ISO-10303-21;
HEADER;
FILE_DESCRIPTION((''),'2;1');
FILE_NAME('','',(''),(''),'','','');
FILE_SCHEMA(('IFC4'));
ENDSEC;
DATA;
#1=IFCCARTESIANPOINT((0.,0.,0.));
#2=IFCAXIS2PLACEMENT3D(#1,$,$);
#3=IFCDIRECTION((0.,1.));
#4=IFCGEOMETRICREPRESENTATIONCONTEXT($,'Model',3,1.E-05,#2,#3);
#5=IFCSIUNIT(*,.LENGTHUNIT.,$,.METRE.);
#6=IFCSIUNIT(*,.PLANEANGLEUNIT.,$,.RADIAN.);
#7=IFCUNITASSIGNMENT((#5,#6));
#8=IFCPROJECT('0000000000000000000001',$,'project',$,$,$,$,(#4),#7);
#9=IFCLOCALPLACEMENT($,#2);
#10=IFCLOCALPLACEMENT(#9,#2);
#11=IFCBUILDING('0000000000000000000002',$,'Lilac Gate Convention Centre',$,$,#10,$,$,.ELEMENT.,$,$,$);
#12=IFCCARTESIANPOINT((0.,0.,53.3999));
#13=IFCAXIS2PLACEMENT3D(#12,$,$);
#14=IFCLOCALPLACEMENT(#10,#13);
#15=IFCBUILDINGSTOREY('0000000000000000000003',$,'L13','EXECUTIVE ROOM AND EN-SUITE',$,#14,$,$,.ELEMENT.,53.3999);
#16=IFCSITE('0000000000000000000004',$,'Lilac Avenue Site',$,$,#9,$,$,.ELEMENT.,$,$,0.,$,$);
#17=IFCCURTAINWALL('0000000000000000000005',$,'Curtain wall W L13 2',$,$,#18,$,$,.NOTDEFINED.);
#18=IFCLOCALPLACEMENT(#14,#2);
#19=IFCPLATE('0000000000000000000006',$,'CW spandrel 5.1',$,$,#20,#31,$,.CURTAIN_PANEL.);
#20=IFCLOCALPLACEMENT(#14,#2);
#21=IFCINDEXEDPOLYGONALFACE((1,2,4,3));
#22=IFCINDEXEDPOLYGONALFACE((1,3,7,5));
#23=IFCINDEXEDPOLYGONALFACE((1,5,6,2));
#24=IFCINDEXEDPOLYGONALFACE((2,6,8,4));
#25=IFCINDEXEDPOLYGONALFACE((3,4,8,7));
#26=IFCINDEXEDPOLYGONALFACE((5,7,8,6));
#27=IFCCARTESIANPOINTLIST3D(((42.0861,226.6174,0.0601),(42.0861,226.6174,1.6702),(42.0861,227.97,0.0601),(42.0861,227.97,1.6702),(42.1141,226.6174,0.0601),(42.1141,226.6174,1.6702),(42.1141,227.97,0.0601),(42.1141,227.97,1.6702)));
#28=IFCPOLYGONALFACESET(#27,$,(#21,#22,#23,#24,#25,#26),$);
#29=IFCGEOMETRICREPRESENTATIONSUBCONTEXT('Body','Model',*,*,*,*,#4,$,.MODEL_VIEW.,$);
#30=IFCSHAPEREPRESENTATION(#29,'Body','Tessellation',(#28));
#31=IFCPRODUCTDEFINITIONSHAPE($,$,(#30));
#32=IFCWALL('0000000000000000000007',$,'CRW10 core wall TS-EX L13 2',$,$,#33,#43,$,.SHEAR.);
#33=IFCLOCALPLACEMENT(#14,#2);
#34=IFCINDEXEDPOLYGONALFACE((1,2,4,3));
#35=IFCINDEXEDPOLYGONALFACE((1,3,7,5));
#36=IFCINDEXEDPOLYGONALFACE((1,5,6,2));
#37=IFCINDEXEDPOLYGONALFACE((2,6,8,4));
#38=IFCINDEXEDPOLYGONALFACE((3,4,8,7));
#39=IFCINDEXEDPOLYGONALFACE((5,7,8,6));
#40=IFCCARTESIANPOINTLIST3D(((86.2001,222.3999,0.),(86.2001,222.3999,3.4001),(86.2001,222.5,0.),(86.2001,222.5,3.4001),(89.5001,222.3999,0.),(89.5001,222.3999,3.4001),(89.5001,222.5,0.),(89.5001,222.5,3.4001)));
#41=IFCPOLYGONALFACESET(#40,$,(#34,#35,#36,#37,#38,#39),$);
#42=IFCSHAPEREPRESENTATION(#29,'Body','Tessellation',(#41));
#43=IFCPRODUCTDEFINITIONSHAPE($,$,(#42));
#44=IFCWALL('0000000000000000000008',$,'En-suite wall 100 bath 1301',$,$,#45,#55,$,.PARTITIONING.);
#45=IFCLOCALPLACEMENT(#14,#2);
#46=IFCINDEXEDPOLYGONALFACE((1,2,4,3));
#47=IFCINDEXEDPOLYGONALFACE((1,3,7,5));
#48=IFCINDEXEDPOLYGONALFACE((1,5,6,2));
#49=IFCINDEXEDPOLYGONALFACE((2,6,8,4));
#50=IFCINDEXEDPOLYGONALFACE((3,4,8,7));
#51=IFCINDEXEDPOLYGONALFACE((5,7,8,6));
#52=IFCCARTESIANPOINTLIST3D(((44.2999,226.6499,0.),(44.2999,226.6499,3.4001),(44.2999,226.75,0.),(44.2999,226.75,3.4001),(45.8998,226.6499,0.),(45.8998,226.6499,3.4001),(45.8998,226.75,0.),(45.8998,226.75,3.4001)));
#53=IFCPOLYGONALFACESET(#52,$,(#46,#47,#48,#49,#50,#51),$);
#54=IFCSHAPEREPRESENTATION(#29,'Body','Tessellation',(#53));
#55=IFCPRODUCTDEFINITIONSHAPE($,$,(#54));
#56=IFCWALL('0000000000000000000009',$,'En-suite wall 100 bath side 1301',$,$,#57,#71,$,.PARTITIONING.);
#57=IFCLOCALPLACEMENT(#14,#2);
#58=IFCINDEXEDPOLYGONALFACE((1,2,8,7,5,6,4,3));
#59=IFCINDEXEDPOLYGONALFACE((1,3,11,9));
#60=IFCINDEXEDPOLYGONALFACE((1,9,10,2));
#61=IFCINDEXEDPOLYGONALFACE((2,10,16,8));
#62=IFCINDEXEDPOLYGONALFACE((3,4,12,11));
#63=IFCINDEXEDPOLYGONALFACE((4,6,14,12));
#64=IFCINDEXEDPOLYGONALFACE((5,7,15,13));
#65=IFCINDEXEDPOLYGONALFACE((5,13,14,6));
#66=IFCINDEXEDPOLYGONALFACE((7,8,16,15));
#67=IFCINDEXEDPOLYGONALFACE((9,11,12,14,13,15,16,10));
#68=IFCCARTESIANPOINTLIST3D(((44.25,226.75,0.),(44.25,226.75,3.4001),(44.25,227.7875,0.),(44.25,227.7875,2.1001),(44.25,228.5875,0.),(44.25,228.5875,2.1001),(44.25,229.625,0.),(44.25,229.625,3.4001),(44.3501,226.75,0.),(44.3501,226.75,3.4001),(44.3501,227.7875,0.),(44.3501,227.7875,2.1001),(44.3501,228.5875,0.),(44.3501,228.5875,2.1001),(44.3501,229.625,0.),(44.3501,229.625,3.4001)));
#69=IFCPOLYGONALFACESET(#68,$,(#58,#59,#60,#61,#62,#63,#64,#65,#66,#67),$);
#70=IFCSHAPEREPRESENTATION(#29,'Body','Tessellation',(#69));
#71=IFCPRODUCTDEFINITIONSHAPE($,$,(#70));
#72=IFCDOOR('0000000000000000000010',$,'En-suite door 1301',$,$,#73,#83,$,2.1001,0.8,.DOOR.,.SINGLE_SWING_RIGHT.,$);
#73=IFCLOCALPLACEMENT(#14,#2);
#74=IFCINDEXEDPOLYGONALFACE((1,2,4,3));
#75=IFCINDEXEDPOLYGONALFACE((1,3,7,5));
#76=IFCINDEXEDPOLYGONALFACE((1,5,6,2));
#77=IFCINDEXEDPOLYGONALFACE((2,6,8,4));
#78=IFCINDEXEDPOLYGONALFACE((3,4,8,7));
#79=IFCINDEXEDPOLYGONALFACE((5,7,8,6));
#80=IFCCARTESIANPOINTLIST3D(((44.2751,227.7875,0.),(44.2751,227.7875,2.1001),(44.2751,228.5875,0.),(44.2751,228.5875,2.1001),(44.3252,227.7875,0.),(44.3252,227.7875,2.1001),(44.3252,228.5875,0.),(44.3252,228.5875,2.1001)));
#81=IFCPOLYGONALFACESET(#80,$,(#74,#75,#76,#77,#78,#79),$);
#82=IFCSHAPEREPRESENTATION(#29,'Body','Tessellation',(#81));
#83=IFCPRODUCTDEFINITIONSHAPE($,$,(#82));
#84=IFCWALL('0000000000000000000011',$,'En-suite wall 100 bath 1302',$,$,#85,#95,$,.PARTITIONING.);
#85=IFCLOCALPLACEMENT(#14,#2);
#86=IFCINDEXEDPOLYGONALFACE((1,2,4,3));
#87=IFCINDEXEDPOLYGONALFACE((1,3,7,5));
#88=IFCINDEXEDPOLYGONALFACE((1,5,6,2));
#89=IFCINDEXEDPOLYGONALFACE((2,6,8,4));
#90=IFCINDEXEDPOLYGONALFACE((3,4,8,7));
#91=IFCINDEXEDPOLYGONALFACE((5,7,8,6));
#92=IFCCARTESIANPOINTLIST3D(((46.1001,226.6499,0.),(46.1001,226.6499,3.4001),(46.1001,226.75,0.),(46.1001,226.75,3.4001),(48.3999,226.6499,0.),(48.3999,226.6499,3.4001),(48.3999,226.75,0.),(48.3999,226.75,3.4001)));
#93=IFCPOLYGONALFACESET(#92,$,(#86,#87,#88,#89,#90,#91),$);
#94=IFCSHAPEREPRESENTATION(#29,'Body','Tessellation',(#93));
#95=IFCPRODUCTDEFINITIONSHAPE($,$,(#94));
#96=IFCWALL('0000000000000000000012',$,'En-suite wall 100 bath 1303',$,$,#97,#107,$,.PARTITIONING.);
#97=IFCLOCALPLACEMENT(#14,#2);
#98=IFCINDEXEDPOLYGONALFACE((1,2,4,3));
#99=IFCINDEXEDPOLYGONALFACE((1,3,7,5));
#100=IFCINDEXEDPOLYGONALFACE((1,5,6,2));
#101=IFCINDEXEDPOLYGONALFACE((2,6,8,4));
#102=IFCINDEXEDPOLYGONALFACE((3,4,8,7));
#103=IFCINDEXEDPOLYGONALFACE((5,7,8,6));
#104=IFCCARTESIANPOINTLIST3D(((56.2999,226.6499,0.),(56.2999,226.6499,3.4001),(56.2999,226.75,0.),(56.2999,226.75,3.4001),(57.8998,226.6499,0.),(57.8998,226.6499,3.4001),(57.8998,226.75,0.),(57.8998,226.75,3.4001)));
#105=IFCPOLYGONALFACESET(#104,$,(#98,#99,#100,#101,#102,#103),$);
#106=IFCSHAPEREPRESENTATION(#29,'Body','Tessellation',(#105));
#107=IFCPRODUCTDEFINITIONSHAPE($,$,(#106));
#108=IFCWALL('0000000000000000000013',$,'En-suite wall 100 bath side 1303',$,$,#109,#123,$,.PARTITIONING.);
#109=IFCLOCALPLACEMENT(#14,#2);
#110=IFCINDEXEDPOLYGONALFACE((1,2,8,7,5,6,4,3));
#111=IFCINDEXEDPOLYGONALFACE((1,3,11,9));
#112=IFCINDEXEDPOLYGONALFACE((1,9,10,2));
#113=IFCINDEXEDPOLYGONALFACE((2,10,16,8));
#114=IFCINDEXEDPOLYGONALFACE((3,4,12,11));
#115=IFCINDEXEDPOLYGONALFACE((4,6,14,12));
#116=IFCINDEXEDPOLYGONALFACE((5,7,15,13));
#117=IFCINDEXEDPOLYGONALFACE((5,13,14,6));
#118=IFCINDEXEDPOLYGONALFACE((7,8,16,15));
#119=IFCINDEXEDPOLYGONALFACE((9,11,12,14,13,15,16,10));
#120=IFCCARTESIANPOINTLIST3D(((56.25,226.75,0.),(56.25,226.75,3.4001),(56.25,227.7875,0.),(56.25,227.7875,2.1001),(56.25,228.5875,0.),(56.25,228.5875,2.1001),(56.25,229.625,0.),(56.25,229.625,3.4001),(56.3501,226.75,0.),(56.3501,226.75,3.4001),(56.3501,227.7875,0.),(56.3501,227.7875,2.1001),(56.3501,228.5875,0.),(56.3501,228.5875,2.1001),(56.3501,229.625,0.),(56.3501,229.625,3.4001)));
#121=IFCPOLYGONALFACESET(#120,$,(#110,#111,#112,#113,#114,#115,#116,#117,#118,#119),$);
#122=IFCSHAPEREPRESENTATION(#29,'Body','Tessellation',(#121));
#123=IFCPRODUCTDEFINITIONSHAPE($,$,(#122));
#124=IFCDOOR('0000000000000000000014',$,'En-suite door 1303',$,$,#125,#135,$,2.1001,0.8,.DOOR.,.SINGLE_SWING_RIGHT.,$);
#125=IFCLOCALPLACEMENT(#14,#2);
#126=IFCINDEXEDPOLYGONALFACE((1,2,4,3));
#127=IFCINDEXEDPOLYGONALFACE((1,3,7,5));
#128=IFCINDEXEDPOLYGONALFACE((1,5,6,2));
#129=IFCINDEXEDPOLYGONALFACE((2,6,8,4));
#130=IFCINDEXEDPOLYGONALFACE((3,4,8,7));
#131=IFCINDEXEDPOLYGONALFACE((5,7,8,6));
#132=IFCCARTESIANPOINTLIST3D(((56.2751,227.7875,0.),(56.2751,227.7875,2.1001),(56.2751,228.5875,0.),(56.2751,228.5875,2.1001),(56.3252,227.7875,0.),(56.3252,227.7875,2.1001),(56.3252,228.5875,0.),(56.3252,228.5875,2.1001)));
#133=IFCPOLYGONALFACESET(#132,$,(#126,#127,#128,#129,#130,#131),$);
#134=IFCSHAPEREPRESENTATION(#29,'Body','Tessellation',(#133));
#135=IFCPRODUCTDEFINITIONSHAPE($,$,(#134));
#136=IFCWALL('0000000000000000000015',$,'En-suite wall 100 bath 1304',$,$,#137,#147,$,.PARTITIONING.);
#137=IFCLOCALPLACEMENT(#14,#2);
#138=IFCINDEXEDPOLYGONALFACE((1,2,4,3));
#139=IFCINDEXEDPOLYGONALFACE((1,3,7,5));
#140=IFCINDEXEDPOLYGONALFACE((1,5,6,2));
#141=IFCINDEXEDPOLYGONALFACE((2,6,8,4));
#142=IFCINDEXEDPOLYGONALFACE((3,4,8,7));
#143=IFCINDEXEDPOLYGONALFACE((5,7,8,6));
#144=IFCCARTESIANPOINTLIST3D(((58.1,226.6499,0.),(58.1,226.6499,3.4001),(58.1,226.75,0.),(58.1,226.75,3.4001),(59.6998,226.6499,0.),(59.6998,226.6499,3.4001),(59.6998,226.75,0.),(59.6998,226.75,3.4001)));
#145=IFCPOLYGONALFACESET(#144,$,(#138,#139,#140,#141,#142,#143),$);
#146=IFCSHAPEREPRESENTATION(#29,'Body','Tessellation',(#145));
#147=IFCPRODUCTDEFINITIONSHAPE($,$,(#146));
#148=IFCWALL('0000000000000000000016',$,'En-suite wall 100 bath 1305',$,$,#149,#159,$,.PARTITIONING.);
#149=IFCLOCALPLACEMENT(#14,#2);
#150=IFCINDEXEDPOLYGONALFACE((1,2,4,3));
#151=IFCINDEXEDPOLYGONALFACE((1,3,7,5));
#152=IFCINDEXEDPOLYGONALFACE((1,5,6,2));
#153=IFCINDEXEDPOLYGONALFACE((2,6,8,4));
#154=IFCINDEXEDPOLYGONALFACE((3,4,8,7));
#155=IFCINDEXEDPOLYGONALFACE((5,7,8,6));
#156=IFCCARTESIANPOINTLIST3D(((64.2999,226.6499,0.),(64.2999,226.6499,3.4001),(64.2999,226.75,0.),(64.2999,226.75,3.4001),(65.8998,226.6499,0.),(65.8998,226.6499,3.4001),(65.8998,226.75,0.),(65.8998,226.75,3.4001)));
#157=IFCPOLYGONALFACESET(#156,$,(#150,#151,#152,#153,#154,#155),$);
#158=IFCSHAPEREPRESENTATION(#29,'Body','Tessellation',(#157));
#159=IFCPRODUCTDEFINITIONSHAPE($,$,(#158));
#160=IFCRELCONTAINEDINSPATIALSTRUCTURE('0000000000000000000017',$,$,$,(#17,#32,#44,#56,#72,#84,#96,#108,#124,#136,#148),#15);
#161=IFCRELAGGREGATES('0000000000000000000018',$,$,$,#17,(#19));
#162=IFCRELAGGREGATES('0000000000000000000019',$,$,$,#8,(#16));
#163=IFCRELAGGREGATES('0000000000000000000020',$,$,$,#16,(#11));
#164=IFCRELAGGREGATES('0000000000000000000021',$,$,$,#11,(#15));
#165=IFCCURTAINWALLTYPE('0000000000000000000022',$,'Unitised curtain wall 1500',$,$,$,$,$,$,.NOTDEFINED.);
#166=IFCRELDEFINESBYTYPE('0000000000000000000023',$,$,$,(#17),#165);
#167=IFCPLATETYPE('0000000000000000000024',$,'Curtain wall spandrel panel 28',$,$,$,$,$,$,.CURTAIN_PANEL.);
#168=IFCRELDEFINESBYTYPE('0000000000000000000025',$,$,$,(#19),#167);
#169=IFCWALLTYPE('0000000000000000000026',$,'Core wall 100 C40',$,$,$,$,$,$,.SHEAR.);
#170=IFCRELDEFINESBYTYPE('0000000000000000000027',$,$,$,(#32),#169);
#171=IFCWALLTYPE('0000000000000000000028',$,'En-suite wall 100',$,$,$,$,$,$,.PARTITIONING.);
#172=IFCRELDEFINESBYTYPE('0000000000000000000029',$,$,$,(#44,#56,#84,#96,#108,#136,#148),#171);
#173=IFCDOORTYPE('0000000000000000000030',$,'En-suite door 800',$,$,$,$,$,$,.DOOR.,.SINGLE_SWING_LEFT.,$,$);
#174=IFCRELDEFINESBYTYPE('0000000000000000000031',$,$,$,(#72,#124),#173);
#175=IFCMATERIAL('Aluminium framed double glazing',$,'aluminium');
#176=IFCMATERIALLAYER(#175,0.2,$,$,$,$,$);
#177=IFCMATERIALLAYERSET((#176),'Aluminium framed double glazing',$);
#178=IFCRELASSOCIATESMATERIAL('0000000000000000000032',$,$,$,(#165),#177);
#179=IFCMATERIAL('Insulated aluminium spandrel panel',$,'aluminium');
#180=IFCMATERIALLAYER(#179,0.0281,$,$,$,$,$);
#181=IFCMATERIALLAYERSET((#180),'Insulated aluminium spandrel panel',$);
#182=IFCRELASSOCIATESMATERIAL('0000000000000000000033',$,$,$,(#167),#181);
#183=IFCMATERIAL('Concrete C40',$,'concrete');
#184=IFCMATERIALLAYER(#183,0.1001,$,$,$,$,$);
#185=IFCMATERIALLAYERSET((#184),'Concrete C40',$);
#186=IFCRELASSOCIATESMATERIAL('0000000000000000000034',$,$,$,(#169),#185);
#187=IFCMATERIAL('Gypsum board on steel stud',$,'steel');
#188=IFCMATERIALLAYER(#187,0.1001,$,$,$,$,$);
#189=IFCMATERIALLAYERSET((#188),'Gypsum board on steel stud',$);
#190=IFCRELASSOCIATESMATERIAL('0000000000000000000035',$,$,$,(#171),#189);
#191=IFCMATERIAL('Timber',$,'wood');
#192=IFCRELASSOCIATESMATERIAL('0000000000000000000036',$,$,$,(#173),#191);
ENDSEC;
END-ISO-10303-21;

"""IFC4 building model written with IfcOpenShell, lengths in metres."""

from ifc_helpers import new_model, si_unit, direction, frame, frame_2d, origin, origin_2d, place, context, subcontext, project, spatial, rectangle, extrude, material, layer, layer_set, type_object, element, fill, aggregate, save


model = new_model("IFC4")

# Units and contexts
model_context = context("Model", 3, precision=1e-05, world=origin(), true_north=direction((0.0, 1.0)))
body_context = subcontext(model_context, "Body", "Model", "MODEL_VIEW")
ifc_project = project(units=[si_unit("LENGTHUNIT", "METRE"), si_unit("PLANEANGLEUNIT", "RADIAN")], contexts=[model_context])

# Site, building, storey
site_placement = place(None, origin())
site = spatial("IfcSite", under=ifc_project, at=site_placement, Name="Lilac Avenue Site", CompositionType="ELEMENT", RefElevation=0.0)
building_placement = place(site_placement, origin())
building = spatial("IfcBuilding", under=site, at=building_placement, Name="Lilac Gate Convention Centre", CompositionType="ELEMENT")
storey_placement = place(building_placement, frame((0.0, 0.0, 53.3999)))
storey = spatial("IfcBuildingStorey", under=building, at=storey_placement, Name="L13", Description="EXECUTIVE ROOM AND EN-SUITE", CompositionType="ELEMENT", Elevation=53.3999)

# Curtain wall, plate
ifc_material_1 = material(Name="Aluminium framed double glazing", Category="aluminium")
ifc_layer_1 = layer(ifc_material_1, 0.2)
ifc_layer_set_1 = layer_set([ifc_layer_1], Name="Aluminium framed double glazing")
curtain_wall_type = type_object("IfcCurtainWallType", Name="Unitised curtain wall 1500", PredefinedType="NOTDEFINED", material=ifc_layer_set_1)
curtain_wall_placement = place(storey_placement, origin())
curtain_wall = element("IfcCurtainWall", 1, at=curtain_wall_placement, inside=storey, type_object=curtain_wall_type, Name="Curtain wall W L13 2", PredefinedType="NOTDEFINED")
ifc_material_2 = material(Name="Insulated aluminium spandrel panel", Category="aluminium")
ifc_layer_2 = layer(ifc_material_2, 0.0281)
ifc_layer_set_2 = layer_set([ifc_layer_2], Name="Insulated aluminium spandrel panel")
plate_type = type_object("IfcPlateType", Name="Curtain wall spandrel panel 28", PredefinedType="CURTAIN_PANEL", material=ifc_layer_set_2)
plate_placement = place(storey_placement, frame((42.1001, 227.2937, 0.0601), z_axis=(0.0, 0.0, 1.0), x_axis=(0.0, -1.0, 0.0)))
plate = element("IfcPlate", 2, at=plate_placement, type_object=plate_type, Name="CW spandrel 5.1", PredefinedType="CURTAIN_PANEL", context=body_context, shape_type="SweptSolid", body=[
    extrude(rectangle(XDim=1.3525, YDim=0.0281, at=origin_2d()), origin(), (0.0, 0.0, 1.0), 1.6101),
])
aggregate(curtain_wall, [plate])

# Walls
ifc_material_3 = material(Name="Concrete C40", Category="concrete")
ifc_layer_3 = layer(ifc_material_3, 0.1001)
ifc_layer_set_3 = layer_set([ifc_layer_3], Name="Concrete C40")
wall_type_1 = type_object("IfcWallType", Name="Core wall 100 C40", PredefinedType="SHEAR", material=ifc_layer_set_3)
wall_1_placement = place(storey_placement, frame((89.5, 222.45, 0.0), z_axis=(0.0, 0.0, 1.0), x_axis=(-1.0, 0.0, 0.0)))
element("IfcWall", 3, at=wall_1_placement, inside=storey, type_object=wall_type_1, Name="CRW10 core wall TS-EX L13 2", PredefinedType="SHEAR", context=body_context, shape_type="SweptSolid", body=[
    extrude(rectangle(XDim=3.3, YDim=0.1001, at=frame_2d((1.6499, 0.0))), origin(), (0.0, 0.0, 1.0), 3.4001),
])
ifc_material_4 = material(Name="Gypsum board on steel stud", Category="steel")
ifc_layer_4 = layer(ifc_material_4, 0.1001)
ifc_layer_set_4 = layer_set([ifc_layer_4], Name="Gypsum board on steel stud")
wall_type_2 = type_object("IfcWallType", Name="En-suite wall 100", PredefinedType="PARTITIONING", material=ifc_layer_set_4)
wall_2_placement = place(storey_placement, frame((44.3, 226.7, 0.0), z_axis=(0.0, 0.0, 1.0), x_axis=(1.0, 0.0, 0.0)))
element("IfcWall", 4, at=wall_2_placement, inside=storey, type_object=wall_type_2, Name="En-suite wall 100 bath 1301", PredefinedType="PARTITIONING", context=body_context, shape_type="SweptSolid", body=[
    extrude(rectangle(XDim=1.5999, YDim=0.1001, at=frame_2d((0.7998, 0.0))), origin(), (0.0, 0.0, 1.0), 3.4001),
])

# Wall, opening, door
wall_3_placement = place(storey_placement, frame((44.3, 226.75, 0.0), z_axis=(0.0, 0.0, 1.0), x_axis=(0.0, 1.0, 0.0)))
wall_3 = element("IfcWall", 5, at=wall_3_placement, inside=storey, type_object=wall_type_2, Name="En-suite wall 100 bath side 1301", PredefinedType="PARTITIONING", context=body_context, shape_type="SweptSolid", body=[
    extrude(rectangle(XDim=2.875, YDim=0.1001, at=frame_2d((1.4375, 0.0))), origin(), (0.0, 0.0, 1.0), 3.4001),
])
opening_1_placement = place(wall_3_placement, frame((1.0376, 0.0, 0.0)))
opening_1 = element("IfcOpeningElement", 6, at=opening_1_placement, cuts=wall_3, PredefinedType="OPENING", context=body_context, shape_type="SweptSolid", body=[
    extrude(rectangle(XDim=0.8, YDim=2.1001, at=frame_2d((0.3999, 1.05))), frame((0.0, 0.0601, 0.0), z_axis=(0.0, -1.0, 0.0), x_axis=(1.0, 0.0, 0.0)), (0.0, 0.0, 1.0), 0.1201),
])
ifc_material_5 = material(Name="Timber", Category="wood")
door_type = type_object("IfcDoorType", Name="En-suite door 800", OperationType="SINGLE_SWING_LEFT", PredefinedType="DOOR", material=ifc_material_5)
door_1_placement = place(opening_1_placement, origin())
door_1 = element("IfcDoor", 7, at=door_1_placement, inside=storey, type_object=door_type, Name="En-suite door 1301", OperationType="SINGLE_SWING_RIGHT", OverallHeight=2.1001, OverallWidth=0.8, PredefinedType="DOOR", context=body_context, shape_type="SweptSolid", body=[
    extrude(rectangle(XDim=0.8, YDim=2.1001, at=frame_2d((0.3999, 1.05))), frame((0.0, 0.0249, 0.0), z_axis=(0.0, -1.0, 0.0), x_axis=(1.0, 0.0, 0.0)), (0.0, 0.0, 1.0), 0.05),
])
fill(opening_1, door_1)

# Walls
wall_4_placement = place(storey_placement, frame((46.1001, 226.7, 0.0), z_axis=(0.0, 0.0, 1.0), x_axis=(1.0, 0.0, 0.0)))
element("IfcWall", 8, at=wall_4_placement, inside=storey, type_object=wall_type_2, Name="En-suite wall 100 bath 1302", PredefinedType="PARTITIONING", context=body_context, shape_type="SweptSolid", body=[
    extrude(rectangle(XDim=2.2998, YDim=0.1001, at=frame_2d((1.1499, 0.0))), origin(), (0.0, 0.0, 1.0), 3.4001),
])
wall_5_placement = place(storey_placement, frame((56.3, 226.7, 0.0), z_axis=(0.0, 0.0, 1.0), x_axis=(1.0, 0.0, 0.0)))
element("IfcWall", 9, at=wall_5_placement, inside=storey, type_object=wall_type_2, Name="En-suite wall 100 bath 1303", PredefinedType="PARTITIONING", context=body_context, shape_type="SweptSolid", body=[
    extrude(rectangle(XDim=1.5999, YDim=0.1001, at=frame_2d((0.7998, 0.0))), origin(), (0.0, 0.0, 1.0), 3.4001),
])

# Wall, opening, door
wall_6_placement = place(storey_placement, frame((56.3, 226.75, 0.0), z_axis=(0.0, 0.0, 1.0), x_axis=(0.0, 1.0, 0.0)))
wall_6 = element("IfcWall", 10, at=wall_6_placement, inside=storey, type_object=wall_type_2, Name="En-suite wall 100 bath side 1303", PredefinedType="PARTITIONING", context=body_context, shape_type="SweptSolid", body=[
    extrude(rectangle(XDim=2.875, YDim=0.1001, at=frame_2d((1.4375, 0.0))), origin(), (0.0, 0.0, 1.0), 3.4001),
])
opening_2_placement = place(wall_6_placement, frame((1.0376, 0.0, 0.0)))
opening_2 = element("IfcOpeningElement", 11, at=opening_2_placement, cuts=wall_6, PredefinedType="OPENING", context=body_context, shape_type="SweptSolid", body=[
    extrude(rectangle(XDim=0.8, YDim=2.1001, at=frame_2d((0.3999, 1.05))), frame((0.0, 0.0601, 0.0), z_axis=(0.0, -1.0, 0.0), x_axis=(1.0, 0.0, 0.0)), (0.0, 0.0, 1.0), 0.1201),
])
door_2_placement = place(opening_2_placement, origin())
door_2 = element("IfcDoor", 12, at=door_2_placement, inside=storey, type_object=door_type, Name="En-suite door 1303", OperationType="SINGLE_SWING_RIGHT", OverallHeight=2.1001, OverallWidth=0.8, PredefinedType="DOOR", context=body_context, shape_type="SweptSolid", body=[
    extrude(rectangle(XDim=0.8, YDim=2.1001, at=frame_2d((0.3999, 1.05))), frame((0.0, 0.0249, 0.0), z_axis=(0.0, -1.0, 0.0), x_axis=(1.0, 0.0, 0.0)), (0.0, 0.0, 1.0), 0.05),
])
fill(opening_2, door_2)

# Walls
for number, where, z_axis, x_axis, name in (
    (13, (58.1001, 226.7, 0.0), (0.0, 0.0, 1.0), (1.0, 0.0, 0.0), "En-suite wall 100 bath 1304"),
    (14, (64.3, 226.7, 0.0), (0.0, 0.0, 1.0), (1.0, 0.0, 0.0), "En-suite wall 100 bath 1305"),
):
    element("IfcWall", number, at=place(storey_placement, frame(where, z_axis=z_axis, x_axis=x_axis)), inside=storey, type_object=wall_type_2, Name=name, PredefinedType="PARTITIONING", context=body_context, shape_type="SweptSolid", body=[
        extrude(rectangle(XDim=1.5999, YDim=0.1001, at=frame_2d((0.7998, 0.0))), origin(), (0.0, 0.0, 1.0), 3.4001),
    ])

save(model, "model.ifc")
